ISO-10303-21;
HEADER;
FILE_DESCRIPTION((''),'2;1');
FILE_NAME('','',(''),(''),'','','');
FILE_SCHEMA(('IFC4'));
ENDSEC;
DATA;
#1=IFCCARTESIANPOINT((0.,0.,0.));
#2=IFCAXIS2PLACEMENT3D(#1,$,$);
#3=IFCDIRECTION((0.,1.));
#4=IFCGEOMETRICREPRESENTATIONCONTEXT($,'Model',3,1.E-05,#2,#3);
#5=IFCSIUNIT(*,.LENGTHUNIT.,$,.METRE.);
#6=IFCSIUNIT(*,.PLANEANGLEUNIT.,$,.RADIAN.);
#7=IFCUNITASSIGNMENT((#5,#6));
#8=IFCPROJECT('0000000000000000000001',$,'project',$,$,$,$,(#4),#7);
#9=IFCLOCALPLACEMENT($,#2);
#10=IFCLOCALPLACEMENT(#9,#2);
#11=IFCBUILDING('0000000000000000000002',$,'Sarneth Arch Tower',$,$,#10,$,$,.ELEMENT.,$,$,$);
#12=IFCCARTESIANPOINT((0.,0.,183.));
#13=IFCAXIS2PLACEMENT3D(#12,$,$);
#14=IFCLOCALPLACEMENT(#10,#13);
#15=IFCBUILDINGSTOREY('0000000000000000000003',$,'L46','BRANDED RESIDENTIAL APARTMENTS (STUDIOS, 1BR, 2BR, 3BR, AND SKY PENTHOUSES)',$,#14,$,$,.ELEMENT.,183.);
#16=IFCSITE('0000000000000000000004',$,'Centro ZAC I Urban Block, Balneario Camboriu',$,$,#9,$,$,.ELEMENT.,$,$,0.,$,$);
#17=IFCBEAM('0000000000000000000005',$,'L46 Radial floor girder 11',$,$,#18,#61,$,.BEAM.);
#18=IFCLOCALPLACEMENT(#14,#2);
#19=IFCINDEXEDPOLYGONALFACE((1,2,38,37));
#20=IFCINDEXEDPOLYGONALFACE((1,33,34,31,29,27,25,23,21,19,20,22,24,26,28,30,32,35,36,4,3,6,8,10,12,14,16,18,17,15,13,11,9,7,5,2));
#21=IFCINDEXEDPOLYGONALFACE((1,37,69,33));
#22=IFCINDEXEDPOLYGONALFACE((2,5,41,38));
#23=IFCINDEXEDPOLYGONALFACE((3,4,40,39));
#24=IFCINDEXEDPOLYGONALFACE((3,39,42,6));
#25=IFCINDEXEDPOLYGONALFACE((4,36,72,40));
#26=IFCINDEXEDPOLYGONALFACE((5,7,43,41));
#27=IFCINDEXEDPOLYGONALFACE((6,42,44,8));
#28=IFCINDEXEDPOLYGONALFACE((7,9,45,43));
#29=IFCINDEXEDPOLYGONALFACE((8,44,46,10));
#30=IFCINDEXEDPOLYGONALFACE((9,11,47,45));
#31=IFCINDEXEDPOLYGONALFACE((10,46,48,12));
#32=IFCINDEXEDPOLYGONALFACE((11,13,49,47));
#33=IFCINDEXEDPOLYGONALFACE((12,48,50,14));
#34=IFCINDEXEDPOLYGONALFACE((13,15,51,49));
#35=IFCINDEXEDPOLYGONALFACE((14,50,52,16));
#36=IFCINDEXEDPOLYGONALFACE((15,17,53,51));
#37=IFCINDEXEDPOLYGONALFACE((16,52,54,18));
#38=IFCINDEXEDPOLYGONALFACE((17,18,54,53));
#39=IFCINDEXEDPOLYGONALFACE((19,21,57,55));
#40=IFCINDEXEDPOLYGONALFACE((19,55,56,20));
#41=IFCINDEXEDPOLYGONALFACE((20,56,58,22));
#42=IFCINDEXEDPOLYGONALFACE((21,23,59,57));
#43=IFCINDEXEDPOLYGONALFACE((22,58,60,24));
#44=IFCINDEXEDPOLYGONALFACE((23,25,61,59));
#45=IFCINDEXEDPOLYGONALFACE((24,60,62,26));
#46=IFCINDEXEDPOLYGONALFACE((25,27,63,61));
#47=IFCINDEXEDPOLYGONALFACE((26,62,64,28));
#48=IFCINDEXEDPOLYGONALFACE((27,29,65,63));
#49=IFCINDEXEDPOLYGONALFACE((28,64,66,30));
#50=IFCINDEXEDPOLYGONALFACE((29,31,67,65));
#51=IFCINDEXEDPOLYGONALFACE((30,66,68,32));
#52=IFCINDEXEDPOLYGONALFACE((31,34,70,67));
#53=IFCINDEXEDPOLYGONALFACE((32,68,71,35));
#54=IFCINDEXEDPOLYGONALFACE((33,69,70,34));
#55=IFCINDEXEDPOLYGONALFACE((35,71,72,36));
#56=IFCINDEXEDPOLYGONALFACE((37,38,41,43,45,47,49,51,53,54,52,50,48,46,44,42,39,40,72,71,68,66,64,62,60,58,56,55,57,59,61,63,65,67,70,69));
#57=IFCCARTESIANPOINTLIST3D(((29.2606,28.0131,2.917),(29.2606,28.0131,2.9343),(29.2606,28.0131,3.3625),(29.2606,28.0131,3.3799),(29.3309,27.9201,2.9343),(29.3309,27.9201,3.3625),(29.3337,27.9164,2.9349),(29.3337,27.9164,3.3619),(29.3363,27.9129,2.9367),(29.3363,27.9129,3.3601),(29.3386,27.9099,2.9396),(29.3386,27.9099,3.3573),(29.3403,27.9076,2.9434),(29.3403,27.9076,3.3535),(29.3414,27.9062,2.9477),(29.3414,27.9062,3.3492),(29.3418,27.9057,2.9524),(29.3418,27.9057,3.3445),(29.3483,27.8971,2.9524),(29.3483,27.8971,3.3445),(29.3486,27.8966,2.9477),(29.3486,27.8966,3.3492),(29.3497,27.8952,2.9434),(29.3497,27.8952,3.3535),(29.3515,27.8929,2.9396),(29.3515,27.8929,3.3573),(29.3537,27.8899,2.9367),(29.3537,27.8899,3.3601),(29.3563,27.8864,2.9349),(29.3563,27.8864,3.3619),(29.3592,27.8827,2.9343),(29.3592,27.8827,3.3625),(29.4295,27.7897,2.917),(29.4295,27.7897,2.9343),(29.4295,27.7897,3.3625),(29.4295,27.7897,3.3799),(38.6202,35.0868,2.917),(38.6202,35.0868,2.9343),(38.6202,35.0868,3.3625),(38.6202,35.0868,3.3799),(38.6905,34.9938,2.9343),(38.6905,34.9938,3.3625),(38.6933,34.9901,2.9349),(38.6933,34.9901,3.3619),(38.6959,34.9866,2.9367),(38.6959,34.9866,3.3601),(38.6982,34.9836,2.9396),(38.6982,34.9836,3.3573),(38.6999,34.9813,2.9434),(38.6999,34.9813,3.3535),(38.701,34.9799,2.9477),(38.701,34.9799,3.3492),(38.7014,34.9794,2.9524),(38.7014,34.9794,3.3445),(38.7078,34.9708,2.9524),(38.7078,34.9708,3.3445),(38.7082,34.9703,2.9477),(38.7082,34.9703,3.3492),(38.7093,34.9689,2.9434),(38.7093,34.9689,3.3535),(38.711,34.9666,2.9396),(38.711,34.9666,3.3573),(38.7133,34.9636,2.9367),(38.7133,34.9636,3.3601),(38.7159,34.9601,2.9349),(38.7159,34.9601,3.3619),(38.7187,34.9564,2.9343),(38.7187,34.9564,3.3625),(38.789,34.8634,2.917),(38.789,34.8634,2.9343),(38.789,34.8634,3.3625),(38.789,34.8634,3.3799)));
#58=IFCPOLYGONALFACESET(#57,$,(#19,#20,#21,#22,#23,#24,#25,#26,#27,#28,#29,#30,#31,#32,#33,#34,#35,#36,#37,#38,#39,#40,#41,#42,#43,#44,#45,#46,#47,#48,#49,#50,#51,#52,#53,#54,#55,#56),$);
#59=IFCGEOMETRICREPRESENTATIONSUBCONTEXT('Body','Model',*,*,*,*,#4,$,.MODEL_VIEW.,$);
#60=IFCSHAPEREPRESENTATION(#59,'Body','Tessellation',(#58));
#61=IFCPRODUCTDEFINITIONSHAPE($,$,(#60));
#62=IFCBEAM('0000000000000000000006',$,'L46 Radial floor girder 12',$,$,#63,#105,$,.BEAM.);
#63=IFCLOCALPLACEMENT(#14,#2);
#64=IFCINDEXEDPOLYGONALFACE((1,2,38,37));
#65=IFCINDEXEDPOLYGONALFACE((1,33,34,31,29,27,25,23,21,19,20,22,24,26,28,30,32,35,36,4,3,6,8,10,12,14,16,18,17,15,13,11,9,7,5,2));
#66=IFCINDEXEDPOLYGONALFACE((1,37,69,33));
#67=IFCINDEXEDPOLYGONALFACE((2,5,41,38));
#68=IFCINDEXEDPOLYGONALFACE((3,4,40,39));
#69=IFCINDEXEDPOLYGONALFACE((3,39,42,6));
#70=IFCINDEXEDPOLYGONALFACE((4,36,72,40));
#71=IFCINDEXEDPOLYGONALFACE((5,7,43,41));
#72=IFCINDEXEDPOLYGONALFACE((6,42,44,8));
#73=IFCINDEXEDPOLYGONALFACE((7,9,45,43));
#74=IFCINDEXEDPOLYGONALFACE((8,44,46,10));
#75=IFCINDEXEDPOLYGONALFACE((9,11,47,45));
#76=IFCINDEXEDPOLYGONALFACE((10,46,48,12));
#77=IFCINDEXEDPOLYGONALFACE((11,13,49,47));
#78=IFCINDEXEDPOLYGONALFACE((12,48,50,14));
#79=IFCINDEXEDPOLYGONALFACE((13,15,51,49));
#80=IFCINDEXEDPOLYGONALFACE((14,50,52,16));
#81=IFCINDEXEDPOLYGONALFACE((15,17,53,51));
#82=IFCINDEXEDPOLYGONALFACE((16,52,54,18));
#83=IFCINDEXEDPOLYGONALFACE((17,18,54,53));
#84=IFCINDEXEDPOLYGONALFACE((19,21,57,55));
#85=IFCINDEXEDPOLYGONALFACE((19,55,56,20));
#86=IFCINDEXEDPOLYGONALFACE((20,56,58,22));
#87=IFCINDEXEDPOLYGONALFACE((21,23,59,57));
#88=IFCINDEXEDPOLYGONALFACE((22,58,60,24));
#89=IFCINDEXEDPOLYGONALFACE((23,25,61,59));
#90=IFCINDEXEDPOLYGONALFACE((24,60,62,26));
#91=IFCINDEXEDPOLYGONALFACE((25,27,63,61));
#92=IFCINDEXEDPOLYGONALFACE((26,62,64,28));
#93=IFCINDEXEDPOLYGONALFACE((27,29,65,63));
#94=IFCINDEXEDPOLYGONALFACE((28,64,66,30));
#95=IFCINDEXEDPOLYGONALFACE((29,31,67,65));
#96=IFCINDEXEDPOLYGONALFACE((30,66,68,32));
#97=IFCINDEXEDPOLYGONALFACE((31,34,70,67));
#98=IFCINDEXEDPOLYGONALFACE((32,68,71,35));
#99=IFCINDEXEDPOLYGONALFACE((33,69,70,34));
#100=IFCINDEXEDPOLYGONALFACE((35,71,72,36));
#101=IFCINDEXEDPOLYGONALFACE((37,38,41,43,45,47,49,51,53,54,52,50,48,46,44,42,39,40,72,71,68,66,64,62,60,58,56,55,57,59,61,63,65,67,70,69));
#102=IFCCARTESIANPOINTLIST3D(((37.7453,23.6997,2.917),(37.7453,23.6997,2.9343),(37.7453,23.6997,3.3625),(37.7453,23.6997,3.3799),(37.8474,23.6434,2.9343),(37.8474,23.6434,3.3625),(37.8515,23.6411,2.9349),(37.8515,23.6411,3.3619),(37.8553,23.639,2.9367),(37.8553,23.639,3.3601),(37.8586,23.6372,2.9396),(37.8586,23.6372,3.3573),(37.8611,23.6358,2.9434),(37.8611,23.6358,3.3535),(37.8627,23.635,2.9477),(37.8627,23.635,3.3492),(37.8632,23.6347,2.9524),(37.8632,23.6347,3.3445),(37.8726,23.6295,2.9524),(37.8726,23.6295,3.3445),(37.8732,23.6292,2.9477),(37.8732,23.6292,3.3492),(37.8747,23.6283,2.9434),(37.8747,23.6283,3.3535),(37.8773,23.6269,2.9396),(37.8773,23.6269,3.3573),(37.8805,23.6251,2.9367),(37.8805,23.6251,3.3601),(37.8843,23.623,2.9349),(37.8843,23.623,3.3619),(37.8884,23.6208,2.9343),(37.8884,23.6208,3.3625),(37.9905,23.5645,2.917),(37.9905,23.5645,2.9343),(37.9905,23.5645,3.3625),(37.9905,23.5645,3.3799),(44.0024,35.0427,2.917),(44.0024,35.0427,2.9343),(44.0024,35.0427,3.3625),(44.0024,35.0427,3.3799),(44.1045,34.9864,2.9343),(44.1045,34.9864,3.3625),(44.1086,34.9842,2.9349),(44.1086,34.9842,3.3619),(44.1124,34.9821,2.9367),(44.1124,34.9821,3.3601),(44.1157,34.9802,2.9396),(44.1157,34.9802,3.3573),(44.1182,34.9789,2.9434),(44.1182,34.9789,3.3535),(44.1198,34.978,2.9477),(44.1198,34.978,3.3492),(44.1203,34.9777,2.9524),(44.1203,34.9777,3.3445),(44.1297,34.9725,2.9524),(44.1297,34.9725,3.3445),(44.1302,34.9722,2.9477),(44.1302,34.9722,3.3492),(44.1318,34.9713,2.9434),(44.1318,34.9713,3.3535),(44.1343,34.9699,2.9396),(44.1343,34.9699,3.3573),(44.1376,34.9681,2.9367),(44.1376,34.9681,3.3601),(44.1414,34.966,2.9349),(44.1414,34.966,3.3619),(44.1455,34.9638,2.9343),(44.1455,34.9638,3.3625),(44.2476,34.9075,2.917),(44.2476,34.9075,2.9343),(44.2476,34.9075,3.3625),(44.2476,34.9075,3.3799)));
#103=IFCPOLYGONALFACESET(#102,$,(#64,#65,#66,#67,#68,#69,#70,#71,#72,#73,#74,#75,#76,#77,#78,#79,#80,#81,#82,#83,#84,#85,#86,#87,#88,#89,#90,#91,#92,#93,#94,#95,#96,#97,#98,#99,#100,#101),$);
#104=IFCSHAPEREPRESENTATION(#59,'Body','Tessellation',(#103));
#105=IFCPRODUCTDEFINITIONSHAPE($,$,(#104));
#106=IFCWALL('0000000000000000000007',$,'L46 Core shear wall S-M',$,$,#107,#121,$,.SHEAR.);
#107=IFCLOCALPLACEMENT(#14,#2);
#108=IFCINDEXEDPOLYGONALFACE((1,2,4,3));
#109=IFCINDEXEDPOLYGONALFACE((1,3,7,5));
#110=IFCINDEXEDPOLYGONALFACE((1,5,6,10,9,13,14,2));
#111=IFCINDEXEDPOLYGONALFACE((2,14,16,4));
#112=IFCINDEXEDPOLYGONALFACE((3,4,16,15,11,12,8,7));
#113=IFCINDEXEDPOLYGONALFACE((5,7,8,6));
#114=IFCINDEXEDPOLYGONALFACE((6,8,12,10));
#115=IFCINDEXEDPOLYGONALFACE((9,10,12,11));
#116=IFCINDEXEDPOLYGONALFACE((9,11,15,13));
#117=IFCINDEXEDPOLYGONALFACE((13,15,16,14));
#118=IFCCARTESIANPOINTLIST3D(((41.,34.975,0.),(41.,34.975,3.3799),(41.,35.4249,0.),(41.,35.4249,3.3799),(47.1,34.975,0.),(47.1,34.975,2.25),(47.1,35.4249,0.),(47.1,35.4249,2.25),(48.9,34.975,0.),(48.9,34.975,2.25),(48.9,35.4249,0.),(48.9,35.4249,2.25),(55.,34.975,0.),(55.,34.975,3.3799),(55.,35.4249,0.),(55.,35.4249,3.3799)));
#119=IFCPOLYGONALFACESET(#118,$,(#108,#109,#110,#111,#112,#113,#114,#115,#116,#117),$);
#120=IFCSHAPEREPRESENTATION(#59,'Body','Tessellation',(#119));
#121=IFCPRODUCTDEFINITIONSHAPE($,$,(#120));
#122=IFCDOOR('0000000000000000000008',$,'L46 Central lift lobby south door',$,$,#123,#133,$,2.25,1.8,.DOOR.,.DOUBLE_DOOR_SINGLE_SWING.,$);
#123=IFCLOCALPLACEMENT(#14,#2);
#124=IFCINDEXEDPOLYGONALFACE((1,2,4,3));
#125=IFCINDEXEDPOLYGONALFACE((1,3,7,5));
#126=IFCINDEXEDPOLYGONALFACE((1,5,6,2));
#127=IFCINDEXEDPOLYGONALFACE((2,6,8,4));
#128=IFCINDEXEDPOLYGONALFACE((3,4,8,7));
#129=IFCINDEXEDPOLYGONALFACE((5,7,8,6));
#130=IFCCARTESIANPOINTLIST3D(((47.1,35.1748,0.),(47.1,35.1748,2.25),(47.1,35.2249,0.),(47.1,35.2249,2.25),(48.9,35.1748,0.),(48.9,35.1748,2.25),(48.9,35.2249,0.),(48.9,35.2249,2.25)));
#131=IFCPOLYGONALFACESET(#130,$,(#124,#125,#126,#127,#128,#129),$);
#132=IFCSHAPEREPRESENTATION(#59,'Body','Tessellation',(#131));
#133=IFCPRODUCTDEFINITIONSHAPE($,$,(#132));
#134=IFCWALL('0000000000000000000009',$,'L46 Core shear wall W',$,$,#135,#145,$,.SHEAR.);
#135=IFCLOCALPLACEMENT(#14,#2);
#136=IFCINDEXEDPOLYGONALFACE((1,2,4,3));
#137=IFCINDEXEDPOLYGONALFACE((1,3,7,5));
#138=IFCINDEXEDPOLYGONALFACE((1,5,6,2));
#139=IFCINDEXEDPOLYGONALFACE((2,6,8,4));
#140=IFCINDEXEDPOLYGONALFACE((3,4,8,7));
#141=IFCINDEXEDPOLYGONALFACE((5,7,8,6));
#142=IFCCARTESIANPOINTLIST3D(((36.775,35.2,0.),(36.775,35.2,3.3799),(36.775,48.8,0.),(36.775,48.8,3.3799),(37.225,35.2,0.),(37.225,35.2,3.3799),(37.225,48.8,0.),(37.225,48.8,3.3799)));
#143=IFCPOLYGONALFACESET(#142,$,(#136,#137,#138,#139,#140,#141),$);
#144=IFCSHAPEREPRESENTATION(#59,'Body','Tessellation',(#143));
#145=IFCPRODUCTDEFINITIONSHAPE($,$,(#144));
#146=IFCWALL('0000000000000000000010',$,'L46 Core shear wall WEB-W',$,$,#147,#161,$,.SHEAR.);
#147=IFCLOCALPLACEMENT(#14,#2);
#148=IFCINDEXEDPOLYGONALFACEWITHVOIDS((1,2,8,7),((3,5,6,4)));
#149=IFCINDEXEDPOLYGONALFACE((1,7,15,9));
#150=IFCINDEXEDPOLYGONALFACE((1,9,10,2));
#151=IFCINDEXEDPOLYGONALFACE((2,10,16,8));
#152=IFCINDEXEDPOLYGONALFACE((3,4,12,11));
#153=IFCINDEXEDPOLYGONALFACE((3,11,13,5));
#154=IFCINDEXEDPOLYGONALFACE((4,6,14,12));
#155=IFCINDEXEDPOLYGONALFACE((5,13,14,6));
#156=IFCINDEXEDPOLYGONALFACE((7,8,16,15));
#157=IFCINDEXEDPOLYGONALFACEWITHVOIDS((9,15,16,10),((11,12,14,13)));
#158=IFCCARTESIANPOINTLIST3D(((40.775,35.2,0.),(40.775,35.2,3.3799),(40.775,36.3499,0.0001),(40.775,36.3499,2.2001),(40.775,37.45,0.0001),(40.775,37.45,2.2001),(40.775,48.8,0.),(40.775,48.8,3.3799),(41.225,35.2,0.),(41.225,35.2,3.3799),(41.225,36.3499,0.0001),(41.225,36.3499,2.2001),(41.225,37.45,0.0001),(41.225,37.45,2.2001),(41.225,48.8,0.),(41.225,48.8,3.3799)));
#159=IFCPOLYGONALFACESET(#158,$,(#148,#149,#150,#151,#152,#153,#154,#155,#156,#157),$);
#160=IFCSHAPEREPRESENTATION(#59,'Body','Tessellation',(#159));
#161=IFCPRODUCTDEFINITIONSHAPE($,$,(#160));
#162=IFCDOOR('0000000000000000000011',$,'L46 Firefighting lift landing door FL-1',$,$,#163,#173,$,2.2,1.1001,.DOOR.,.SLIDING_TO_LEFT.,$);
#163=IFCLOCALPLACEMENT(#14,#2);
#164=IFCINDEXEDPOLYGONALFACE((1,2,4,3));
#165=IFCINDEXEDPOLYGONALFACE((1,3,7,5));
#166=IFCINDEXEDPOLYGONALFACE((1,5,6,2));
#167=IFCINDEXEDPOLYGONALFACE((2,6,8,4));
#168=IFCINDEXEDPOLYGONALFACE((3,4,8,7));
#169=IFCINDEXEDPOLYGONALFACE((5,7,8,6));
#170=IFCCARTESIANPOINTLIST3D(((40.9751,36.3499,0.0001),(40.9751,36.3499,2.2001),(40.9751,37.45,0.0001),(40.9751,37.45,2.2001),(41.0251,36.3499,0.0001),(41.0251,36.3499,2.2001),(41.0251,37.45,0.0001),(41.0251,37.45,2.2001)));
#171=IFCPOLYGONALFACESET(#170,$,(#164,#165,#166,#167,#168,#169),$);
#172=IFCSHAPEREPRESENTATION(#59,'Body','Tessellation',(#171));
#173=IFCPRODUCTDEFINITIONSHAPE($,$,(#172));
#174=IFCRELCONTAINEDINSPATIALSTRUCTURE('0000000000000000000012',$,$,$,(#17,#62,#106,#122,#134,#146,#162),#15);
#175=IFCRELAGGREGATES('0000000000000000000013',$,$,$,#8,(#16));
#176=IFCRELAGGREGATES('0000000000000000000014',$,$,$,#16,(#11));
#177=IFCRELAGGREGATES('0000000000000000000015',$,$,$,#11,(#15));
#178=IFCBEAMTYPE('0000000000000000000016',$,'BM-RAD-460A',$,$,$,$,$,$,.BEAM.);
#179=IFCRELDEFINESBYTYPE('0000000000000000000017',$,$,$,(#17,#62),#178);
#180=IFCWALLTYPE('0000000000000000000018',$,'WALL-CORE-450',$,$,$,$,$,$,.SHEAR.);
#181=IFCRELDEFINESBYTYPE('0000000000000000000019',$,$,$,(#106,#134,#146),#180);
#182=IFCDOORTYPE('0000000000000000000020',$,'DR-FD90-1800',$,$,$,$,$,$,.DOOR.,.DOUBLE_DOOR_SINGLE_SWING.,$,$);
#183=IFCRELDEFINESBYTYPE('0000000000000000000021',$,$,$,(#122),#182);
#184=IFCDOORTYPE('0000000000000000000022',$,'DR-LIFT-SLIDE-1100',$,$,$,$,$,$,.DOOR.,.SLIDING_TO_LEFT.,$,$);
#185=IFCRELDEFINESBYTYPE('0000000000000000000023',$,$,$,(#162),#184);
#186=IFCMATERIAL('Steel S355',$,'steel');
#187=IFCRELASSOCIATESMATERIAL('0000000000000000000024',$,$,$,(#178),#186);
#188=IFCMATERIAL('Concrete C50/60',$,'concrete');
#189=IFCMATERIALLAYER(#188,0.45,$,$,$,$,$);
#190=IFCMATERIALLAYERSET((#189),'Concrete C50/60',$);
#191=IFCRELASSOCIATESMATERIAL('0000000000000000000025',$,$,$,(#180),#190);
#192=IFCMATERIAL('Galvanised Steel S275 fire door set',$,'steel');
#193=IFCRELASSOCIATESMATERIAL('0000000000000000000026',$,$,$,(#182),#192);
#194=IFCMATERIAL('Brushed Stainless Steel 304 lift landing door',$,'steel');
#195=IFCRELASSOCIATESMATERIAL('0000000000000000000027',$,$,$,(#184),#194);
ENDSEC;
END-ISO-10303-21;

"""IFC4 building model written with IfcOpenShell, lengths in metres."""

from ifc_helpers import new_model, si_unit, direction, frame, frame_2d, origin, origin_2d, place, context, subcontext, project, spatial, rectangle, i_section, extrude, material, layer, layer_set, material_profile, profile_set, type_object, element, fill, save


model = new_model("IFC4")

# Units and contexts
model_context = context("Model", 3, precision=1e-05, world=origin(), true_north=direction((0.0, 1.0)))
body_context = subcontext(model_context, "Body", "Model", "MODEL_VIEW")
ifc_project = project(units=[si_unit("LENGTHUNIT", "METRE"), si_unit("PLANEANGLEUNIT", "RADIAN")], contexts=[model_context])

# Site, building, storey
site_placement = place(None, origin())
site = spatial("IfcSite", under=ifc_project, at=site_placement, Name="Centro ZAC I Urban Block, Balneario Camboriu", CompositionType="ELEMENT", RefElevation=0.0)
building_placement = place(site_placement, origin())
building = spatial("IfcBuilding", under=site, at=building_placement, Name="Sarneth Arch Tower", CompositionType="ELEMENT")
storey_placement = place(building_placement, frame((0.0, 0.0, 183.0)))
storey = spatial("IfcBuildingStorey", under=building, at=storey_placement, Name="L46", Description="BRANDED RESIDENTIAL APARTMENTS (STUDIOS, 1BR, 2BR, 3BR, AND SKY PENTHOUSES)", CompositionType="ELEMENT", Elevation=183.0)

# Beams
ifc_material_1 = material(Name="Steel S355", Category="steel")
ifc_material_profile_1 = material_profile(ifc_material_1, i_section(OverallWidth=0.28, OverallDepth=0.4629, WebThickness=0.0107, FlangeThickness=0.0173, FilletRadius=0.0181, at=origin_2d()), Name="W460x113")
ifc_profile_set_1 = profile_set([ifc_material_profile_1], Name="Steel S355")
beam_type_1 = type_object("IfcBeamType", Name="BM-RAD-460A", PredefinedType="BEAM", material=ifc_profile_set_1)
beam_1_placement = place(storey_placement, frame((38.7046, 34.9751, 3.1484), z_axis=(-0.797785, -0.602943, 0.0), x_axis=(0.602943, -0.797785, 0.0)))
element("IfcBeam", 1, at=beam_1_placement, inside=storey, type_object=beam_type_1, Name="L46 Radial floor girder 11", PredefinedType="BEAM", context=body_context, shape_type="SweptSolid", body=[
    extrude(i_section(OverallWidth=0.28, OverallDepth=0.4629, WebThickness=0.0107, FlangeThickness=0.0173, FilletRadius=0.0181, at=origin_2d()), origin(), (0.0, 0.0, 1.0), 11.7319),
])
beam_2_placement = place(storey_placement, frame((44.125, 34.9751, 3.1484), z_axis=(-0.48301, -0.875615, 0.0), x_axis=(0.875615, -0.48301, 0.0)))
element("IfcBeam", 2, at=beam_2_placement, inside=storey, type_object=beam_type_1, Name="L46 Radial floor girder 12", PredefinedType="BEAM", context=body_context, shape_type="SweptSolid", body=[
    extrude(i_section(OverallWidth=0.28, OverallDepth=0.4629, WebThickness=0.0107, FlangeThickness=0.0173, FilletRadius=0.0181, at=origin_2d()), origin(), (0.0, 0.0, 1.0), 12.9543),
])

# Wall, opening, door
ifc_material_2 = material(Name="Concrete C50/60", Category="concrete")
ifc_layer_1 = layer(ifc_material_2, 0.45)
ifc_layer_set_1 = layer_set([ifc_layer_1], Name="Concrete C50/60")
wall_type_1 = type_object("IfcWallType", Name="WALL-CORE-450", PredefinedType="SHEAR", material=ifc_layer_set_1)
wall_1_placement = place(storey_placement, frame((41.0, 35.2, 0.0), z_axis=(0.0, 0.0, 1.0), x_axis=(1.0, 0.0, 0.0)))
wall_1 = element("IfcWall", 3, at=wall_1_placement, inside=storey, type_object=wall_type_1, Name="L46 Core shear wall S-M", PredefinedType="SHEAR", context=body_context, shape_type="SweptSolid", body=[
    extrude(rectangle(XDim=14.0, YDim=0.45, at=frame_2d((7.0, 0.0))), origin(), (0.0, 0.0, 1.0), 3.3799),
])
opening_1_placement = place(wall_1_placement, frame((6.1001, 0.0, 0.0)))
opening_1 = element("IfcOpeningElement", 4, at=opening_1_placement, cuts=wall_1, PredefinedType="OPENING", context=body_context, shape_type="SweptSolid", body=[
    extrude(rectangle(XDim=1.8, YDim=2.25, at=frame_2d((0.8999, 1.125))), frame((0.0, 0.2349, 0.0), z_axis=(0.0, -1.0, 0.0), x_axis=(1.0, 0.0, 0.0)), (0.0, 0.0, 1.0), 0.47),
])
ifc_material_3 = material(Name="Galvanised Steel S275 fire door set", Category="steel")
door_type_1 = type_object("IfcDoorType", Name="DR-FD90-1800", OperationType="DOUBLE_DOOR_SINGLE_SWING", PredefinedType="DOOR", material=ifc_material_3)
door_1_placement = place(opening_1_placement, origin())
door_1 = element("IfcDoor", 5, at=door_1_placement, inside=storey, type_object=door_type_1, Name="L46 Central lift lobby south door", OperationType="DOUBLE_DOOR_SINGLE_SWING", OverallHeight=2.25, OverallWidth=1.8, PredefinedType="DOOR", context=body_context, shape_type="SweptSolid", body=[
    extrude(rectangle(XDim=1.8, YDim=2.25, at=frame_2d((0.8999, 1.125))), frame((0.0, 0.0249, 0.0), z_axis=(0.0, -1.0, 0.0), x_axis=(1.0, 0.0, 0.0)), (0.0, 0.0, 1.0), 0.05),
])
fill(opening_1, door_1)

# Wall
wall_2_placement = place(storey_placement, frame((37.0, 35.2, 0.0), z_axis=(0.0, 0.0, 1.0), x_axis=(0.0, 1.0, 0.0)))
element("IfcWall", 6, at=wall_2_placement, inside=storey, type_object=wall_type_1, Name="L46 Core shear wall W", PredefinedType="SHEAR", context=body_context, shape_type="SweptSolid", body=[
    extrude(rectangle(XDim=13.6001, YDim=0.45, at=frame_2d((6.8, 0.0))), origin(), (0.0, 0.0, 1.0), 3.3799),
])

# Wall, opening, door
wall_3_placement = place(storey_placement, frame((41.0, 35.2, 0.0), z_axis=(0.0, 0.0, 1.0), x_axis=(0.0, 1.0, 0.0)))
wall_3 = element("IfcWall", 7, at=wall_3_placement, inside=storey, type_object=wall_type_1, Name="L46 Core shear wall WEB-W", PredefinedType="SHEAR", context=body_context, shape_type="SweptSolid", body=[
    extrude(rectangle(XDim=13.6001, YDim=0.45, at=frame_2d((6.8, 0.0))), origin(), (0.0, 0.0, 1.0), 3.3799),
])
opening_2_placement = place(wall_3_placement, frame((1.1499, 0.0, 0.0)))
opening_2 = element("IfcOpeningElement", 8, at=opening_2_placement, cuts=wall_3, PredefinedType="OPENING", context=body_context, shape_type="SweptSolid", body=[
    extrude(rectangle(XDim=1.1001, YDim=2.2, at=frame_2d((0.55, 1.1001))), frame((0.0, 0.2349, 0.0), z_axis=(0.0, -1.0, 0.0), x_axis=(1.0, 0.0, 0.0)), (0.0, 0.0, 1.0), 0.47),
])
ifc_material_4 = material(Name="Brushed Stainless Steel 304 lift landing door", Category="steel")
door_type_2 = type_object("IfcDoorType", Name="DR-LIFT-SLIDE-1100", OperationType="SLIDING_TO_LEFT", PredefinedType="DOOR", material=ifc_material_4)
door_2_placement = place(opening_2_placement, origin())
door_2 = element("IfcDoor", 9, at=door_2_placement, inside=storey, type_object=door_type_2, Name="L46 Firefighting lift landing door FL-1", OperationType="SLIDING_TO_LEFT", OverallHeight=2.2, OverallWidth=1.1001, PredefinedType="DOOR", context=body_context, shape_type="SweptSolid", body=[
    extrude(rectangle(XDim=1.1001, YDim=2.2, at=frame_2d((0.55, 1.1001))), frame((0.0, 0.0249, 0.0), z_axis=(0.0, -1.0, 0.0), x_axis=(1.0, 0.0, 0.0)), (0.0, 0.0, 1.0), 0.05),
])
fill(opening_2, door_2)

save(model, "model.ifc")
